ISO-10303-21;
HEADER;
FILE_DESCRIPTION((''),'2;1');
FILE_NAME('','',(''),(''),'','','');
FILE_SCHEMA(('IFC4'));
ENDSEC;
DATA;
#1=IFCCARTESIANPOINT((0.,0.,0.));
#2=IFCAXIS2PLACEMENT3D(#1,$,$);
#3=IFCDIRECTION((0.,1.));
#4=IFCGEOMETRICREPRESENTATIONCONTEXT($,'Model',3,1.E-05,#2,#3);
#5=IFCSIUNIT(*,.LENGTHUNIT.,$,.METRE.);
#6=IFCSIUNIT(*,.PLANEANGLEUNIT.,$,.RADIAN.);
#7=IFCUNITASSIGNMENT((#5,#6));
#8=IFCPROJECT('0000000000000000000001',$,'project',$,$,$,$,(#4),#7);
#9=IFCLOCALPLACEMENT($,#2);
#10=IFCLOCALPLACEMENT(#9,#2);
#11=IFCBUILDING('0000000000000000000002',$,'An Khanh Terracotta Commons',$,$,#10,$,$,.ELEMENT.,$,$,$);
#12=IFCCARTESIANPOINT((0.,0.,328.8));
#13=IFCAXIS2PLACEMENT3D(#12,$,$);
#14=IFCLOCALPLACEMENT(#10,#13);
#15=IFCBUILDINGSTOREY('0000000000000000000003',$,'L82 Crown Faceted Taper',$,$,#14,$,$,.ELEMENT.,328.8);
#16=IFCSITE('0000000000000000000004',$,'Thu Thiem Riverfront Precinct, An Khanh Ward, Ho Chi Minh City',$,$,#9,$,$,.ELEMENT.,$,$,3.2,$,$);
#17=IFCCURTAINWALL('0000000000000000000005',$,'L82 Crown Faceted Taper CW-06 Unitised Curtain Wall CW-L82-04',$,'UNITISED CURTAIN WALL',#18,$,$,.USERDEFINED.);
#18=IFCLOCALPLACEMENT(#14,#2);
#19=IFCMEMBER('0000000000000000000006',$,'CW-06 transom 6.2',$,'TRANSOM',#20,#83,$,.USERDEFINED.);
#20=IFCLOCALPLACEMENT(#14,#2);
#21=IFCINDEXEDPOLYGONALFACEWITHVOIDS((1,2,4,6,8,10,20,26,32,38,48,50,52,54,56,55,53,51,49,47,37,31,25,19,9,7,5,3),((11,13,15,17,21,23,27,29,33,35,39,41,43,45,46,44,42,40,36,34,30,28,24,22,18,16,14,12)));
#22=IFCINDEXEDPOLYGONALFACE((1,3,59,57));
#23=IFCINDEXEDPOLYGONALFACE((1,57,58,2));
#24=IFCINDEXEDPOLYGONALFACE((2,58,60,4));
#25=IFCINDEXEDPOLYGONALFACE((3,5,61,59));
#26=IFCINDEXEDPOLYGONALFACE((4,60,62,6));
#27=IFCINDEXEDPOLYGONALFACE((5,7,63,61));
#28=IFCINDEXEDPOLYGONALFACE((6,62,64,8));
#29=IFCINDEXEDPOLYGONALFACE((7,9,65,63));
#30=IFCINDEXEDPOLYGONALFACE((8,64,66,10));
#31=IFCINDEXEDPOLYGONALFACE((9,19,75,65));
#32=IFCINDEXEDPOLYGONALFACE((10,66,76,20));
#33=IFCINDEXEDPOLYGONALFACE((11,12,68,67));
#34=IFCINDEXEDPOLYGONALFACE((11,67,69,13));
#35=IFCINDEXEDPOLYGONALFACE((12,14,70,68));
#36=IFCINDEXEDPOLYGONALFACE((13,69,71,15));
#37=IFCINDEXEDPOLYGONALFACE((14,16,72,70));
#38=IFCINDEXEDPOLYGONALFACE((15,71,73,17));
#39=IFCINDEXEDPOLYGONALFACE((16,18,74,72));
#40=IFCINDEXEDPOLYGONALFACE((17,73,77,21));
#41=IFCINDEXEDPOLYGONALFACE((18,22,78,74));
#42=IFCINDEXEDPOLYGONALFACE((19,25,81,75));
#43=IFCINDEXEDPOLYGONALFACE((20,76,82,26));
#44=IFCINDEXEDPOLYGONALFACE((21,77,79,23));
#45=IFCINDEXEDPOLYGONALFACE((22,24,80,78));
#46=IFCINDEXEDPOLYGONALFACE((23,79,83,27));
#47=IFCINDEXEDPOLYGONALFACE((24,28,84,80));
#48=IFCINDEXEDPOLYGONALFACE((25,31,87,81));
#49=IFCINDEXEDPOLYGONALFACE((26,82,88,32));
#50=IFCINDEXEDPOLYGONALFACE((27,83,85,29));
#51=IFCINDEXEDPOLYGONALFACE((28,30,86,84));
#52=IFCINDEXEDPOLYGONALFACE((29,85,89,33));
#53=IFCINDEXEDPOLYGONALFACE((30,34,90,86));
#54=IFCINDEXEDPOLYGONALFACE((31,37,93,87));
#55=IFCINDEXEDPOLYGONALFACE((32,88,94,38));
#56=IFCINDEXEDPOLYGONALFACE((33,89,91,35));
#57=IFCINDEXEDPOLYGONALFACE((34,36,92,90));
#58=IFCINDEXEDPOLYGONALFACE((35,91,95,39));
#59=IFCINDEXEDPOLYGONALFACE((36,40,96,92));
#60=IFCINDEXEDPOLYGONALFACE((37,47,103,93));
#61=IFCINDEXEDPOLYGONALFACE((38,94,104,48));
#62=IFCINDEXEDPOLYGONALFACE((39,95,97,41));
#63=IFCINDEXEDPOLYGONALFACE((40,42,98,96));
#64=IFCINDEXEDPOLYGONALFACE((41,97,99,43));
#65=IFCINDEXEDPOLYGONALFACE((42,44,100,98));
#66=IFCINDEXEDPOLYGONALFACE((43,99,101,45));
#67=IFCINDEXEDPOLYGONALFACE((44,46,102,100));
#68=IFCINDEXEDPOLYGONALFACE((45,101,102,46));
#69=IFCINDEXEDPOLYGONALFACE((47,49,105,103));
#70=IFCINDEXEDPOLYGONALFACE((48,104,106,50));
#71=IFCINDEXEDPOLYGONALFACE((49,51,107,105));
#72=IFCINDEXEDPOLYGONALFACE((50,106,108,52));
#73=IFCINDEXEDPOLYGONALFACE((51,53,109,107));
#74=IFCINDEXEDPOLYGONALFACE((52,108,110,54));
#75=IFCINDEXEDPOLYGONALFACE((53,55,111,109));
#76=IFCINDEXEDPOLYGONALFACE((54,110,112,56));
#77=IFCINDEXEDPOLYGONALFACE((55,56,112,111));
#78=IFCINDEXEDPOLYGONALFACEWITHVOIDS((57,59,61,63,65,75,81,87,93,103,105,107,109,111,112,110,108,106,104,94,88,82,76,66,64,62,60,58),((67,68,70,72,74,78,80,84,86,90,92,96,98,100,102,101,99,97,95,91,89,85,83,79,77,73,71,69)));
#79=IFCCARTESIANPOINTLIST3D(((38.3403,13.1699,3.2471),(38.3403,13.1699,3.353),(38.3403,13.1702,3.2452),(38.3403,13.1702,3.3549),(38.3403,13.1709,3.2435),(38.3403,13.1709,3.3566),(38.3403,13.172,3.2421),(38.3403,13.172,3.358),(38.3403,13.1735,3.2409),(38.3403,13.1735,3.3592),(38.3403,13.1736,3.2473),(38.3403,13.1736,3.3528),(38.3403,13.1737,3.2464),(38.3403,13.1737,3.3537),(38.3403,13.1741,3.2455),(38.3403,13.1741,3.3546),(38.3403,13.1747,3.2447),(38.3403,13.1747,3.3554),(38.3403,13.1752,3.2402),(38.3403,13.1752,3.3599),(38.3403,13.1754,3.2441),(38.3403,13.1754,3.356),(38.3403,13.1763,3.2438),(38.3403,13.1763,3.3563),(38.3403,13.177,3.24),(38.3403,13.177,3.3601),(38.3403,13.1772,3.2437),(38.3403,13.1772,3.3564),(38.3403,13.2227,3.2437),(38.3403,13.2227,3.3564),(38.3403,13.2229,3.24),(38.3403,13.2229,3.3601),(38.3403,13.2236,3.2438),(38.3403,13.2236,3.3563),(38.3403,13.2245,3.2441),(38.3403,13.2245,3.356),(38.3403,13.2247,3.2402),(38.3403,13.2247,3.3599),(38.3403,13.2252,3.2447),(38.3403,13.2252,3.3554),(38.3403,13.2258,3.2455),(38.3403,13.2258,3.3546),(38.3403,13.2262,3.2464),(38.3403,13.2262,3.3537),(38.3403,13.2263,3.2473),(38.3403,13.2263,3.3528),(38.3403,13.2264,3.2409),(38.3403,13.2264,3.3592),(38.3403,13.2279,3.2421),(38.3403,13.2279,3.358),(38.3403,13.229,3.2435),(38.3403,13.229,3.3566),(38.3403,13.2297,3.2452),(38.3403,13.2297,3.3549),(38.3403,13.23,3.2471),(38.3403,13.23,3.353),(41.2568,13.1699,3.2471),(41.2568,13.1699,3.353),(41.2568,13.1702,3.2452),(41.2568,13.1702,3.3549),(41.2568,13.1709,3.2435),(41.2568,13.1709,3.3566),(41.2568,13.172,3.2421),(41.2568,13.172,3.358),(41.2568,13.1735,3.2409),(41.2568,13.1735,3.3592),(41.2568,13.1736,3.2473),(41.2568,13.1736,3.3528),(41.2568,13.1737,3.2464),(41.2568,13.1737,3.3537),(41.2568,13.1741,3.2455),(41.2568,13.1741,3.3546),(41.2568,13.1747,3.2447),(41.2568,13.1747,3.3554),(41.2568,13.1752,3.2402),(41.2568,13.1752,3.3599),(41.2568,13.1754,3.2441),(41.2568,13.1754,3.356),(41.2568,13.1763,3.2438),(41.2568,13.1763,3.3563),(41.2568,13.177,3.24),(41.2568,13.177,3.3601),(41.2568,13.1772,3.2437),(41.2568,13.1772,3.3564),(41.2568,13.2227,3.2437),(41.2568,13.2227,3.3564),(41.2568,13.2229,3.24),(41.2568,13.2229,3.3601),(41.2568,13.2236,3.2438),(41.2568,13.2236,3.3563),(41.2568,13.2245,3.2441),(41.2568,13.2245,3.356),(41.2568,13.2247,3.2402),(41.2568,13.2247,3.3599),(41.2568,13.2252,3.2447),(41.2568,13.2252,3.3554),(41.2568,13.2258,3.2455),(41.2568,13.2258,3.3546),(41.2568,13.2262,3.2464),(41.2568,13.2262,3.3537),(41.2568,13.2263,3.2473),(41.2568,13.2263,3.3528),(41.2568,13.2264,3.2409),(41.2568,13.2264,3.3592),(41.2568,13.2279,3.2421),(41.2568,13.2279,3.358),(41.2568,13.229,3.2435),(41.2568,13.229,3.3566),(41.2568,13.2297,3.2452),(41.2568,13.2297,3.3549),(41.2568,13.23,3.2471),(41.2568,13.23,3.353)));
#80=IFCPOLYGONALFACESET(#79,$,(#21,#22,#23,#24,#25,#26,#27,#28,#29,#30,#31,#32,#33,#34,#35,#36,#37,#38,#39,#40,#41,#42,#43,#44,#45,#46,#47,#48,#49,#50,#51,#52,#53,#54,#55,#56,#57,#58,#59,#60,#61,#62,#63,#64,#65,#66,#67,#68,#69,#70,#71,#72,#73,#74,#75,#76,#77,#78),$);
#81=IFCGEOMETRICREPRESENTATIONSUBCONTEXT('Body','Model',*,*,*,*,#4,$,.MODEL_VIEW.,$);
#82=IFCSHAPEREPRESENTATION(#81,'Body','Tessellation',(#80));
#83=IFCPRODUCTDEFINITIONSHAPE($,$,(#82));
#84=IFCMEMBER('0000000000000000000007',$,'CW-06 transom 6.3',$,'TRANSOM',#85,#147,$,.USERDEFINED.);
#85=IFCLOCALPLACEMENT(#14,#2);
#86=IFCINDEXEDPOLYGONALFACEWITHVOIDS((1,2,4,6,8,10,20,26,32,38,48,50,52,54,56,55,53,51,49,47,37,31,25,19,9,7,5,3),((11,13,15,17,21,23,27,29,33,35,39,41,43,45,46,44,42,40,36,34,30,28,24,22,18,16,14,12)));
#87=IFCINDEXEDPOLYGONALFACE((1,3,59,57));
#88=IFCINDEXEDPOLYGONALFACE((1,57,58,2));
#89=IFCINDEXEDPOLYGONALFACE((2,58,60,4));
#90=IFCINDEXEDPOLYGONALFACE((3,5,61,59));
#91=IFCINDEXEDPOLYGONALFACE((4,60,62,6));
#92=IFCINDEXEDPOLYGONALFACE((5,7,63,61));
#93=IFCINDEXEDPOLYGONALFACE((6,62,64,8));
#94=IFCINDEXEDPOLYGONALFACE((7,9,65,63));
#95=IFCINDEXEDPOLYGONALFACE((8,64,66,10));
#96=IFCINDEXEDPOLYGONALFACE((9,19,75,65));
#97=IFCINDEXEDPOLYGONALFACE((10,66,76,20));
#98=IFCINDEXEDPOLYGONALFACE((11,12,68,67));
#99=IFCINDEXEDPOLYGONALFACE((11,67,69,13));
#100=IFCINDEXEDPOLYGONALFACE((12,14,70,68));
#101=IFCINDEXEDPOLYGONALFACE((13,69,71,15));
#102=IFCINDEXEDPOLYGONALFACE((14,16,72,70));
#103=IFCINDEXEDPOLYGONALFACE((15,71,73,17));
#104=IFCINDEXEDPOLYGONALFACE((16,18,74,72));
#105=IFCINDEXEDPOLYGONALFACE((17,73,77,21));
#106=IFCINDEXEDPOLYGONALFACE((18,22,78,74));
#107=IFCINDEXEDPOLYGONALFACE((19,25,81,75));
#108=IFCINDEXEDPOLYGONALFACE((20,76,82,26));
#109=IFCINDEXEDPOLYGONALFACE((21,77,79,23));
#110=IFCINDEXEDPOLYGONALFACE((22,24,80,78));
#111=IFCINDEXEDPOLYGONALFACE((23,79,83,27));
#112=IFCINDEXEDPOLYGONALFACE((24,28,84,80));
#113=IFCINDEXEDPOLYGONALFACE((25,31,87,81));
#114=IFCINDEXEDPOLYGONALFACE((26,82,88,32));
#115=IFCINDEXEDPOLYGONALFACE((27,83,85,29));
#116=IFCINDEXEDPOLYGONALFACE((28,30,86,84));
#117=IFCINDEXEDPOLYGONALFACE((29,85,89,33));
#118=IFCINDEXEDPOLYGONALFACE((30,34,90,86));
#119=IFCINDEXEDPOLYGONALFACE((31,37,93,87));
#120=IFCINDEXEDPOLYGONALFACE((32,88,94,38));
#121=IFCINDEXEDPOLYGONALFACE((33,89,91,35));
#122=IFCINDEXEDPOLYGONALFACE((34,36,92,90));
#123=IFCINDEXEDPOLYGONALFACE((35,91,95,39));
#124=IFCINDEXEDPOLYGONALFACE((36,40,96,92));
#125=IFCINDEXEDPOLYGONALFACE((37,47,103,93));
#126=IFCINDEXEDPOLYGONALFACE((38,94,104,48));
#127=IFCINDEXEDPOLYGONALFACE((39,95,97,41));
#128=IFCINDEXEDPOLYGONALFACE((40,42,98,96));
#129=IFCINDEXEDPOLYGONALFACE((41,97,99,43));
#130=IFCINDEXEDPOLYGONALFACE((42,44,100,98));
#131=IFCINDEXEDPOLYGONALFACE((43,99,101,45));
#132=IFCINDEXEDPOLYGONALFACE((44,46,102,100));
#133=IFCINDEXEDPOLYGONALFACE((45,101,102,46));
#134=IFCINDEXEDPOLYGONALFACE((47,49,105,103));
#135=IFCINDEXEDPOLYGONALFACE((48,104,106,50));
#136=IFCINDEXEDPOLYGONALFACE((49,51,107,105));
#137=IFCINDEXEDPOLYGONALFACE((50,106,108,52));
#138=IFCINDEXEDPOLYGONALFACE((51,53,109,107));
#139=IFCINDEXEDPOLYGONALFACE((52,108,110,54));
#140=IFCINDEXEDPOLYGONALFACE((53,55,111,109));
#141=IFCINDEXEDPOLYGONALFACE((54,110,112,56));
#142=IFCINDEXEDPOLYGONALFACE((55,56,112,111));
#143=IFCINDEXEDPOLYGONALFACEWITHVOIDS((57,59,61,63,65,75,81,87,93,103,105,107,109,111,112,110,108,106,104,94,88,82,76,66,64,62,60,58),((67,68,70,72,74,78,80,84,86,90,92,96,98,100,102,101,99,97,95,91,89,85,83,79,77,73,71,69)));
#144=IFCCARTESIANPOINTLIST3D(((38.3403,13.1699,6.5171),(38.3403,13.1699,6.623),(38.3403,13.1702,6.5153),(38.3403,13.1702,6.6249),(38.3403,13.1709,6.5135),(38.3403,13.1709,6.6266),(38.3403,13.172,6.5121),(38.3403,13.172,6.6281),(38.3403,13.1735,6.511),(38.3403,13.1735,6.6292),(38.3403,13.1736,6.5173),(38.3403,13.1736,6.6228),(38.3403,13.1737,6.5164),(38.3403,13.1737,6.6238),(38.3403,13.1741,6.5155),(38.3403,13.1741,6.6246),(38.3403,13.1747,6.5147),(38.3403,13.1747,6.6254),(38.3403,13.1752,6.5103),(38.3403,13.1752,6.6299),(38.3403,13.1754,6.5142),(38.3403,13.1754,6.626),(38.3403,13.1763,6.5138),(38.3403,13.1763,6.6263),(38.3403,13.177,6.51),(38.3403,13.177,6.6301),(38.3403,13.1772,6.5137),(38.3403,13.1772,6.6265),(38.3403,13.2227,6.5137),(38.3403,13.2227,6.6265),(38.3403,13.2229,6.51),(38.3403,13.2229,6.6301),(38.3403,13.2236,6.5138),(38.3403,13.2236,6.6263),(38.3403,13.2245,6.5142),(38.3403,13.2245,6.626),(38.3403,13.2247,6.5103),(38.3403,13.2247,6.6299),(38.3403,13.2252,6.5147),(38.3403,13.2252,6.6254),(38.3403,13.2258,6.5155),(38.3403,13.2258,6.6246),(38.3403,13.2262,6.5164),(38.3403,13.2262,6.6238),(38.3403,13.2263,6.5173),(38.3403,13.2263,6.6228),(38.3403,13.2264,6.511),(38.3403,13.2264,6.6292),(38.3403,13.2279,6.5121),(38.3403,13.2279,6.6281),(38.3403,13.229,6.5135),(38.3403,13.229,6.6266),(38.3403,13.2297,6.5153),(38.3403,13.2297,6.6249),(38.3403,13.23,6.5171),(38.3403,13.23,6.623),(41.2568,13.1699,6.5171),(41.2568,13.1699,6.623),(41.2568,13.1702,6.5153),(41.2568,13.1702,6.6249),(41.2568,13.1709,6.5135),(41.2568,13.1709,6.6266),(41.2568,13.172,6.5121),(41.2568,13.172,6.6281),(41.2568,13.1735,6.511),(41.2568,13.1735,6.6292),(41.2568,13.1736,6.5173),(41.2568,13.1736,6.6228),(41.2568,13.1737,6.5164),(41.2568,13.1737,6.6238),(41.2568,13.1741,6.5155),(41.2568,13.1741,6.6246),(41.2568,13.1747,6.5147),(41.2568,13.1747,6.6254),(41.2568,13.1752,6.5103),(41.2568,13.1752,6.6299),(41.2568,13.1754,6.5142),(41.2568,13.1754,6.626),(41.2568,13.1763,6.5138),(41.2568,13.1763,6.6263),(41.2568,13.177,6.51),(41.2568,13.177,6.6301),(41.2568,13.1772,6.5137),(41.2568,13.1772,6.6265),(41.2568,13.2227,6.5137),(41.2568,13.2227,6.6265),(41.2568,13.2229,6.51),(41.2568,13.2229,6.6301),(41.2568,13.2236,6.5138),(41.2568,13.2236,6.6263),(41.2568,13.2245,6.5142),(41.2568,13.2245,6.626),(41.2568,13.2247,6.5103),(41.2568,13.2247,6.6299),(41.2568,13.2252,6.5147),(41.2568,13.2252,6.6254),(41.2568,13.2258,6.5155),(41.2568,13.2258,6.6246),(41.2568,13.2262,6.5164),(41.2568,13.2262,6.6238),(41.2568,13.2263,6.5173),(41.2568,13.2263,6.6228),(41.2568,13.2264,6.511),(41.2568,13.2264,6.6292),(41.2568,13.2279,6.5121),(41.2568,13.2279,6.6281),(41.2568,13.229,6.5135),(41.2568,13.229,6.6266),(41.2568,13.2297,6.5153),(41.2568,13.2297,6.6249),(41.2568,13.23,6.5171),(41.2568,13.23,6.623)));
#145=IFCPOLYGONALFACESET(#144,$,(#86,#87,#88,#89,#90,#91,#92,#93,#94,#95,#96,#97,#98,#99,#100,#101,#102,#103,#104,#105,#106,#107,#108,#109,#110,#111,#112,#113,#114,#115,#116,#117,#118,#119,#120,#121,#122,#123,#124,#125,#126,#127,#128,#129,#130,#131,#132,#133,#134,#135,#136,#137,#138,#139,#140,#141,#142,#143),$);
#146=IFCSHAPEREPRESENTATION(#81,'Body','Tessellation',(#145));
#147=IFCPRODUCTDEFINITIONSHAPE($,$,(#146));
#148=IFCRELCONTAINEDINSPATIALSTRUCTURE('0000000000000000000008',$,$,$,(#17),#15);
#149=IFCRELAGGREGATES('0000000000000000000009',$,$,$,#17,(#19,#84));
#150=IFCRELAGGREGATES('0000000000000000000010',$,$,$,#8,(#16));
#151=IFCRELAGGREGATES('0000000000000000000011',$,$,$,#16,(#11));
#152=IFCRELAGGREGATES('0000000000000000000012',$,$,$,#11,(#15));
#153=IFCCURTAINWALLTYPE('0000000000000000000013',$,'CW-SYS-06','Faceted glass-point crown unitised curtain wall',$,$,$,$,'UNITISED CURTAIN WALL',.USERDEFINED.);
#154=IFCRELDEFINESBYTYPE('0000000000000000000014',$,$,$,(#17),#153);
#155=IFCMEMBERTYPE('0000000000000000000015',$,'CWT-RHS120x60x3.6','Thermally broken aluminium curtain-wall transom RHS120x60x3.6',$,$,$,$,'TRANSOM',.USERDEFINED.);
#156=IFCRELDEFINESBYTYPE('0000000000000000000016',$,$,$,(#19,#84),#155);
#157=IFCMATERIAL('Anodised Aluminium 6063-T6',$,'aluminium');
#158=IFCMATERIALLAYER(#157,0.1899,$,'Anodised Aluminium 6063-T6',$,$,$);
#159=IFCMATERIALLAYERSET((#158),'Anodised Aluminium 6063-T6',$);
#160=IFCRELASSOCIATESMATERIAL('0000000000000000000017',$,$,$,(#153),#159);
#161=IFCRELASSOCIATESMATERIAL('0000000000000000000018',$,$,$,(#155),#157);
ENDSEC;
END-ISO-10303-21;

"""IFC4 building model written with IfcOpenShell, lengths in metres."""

from ifc_helpers import new_model, si_unit, direction, frame, origin, origin_2d, place, context, subcontext, project, spatial, hollow_rectangle, extrude, material, layer, layer_set, material_profile, profile_set, type_object, element, aggregate, save


model = new_model("IFC4")

# Units and contexts
model_context = context("Model", 3, precision=1e-05, world=origin(), true_north=direction((0.0, 1.0)))
body_context = subcontext(model_context, "Body", "Model", "MODEL_VIEW")
ifc_project = project(units=[si_unit("LENGTHUNIT", "METRE"), si_unit("PLANEANGLEUNIT", "RADIAN")], contexts=[model_context])

# Site, building, storey
site_placement = place(None, origin())
site = spatial("IfcSite", under=ifc_project, at=site_placement, Name="Thu Thiem Riverfront Precinct, An Khanh Ward, Ho Chi Minh City", CompositionType="ELEMENT", RefElevation=3.2)
building_placement = place(site_placement, origin())
building = spatial("IfcBuilding", under=site, at=building_placement, Name="An Khanh Terracotta Commons", CompositionType="ELEMENT")
storey_placement = place(building_placement, frame((0.0, 0.0, 328.8)))
storey = spatial("IfcBuildingStorey", under=building, at=storey_placement, Name="L82 Crown Faceted Taper", CompositionType="ELEMENT", Elevation=328.8)

# Curtain wall, members
ifc_material_1 = material(Name="Anodised Aluminium 6063-T6", Category="aluminium")
ifc_layer_1 = layer(ifc_material_1, 0.1899, Name="Anodised Aluminium 6063-T6")
ifc_layer_set_1 = layer_set([ifc_layer_1], Name="Anodised Aluminium 6063-T6")
curtain_wall_type = type_object("IfcCurtainWallType", Name="CW-SYS-06", Description="Faceted glass-point crown unitised curtain wall", ElementType="UNITISED CURTAIN WALL", PredefinedType="USERDEFINED", material=ifc_layer_set_1)
curtain_wall_placement = place(storey_placement, origin())
curtain_wall = element("IfcCurtainWall", 1, at=curtain_wall_placement, inside=storey, type_object=curtain_wall_type, Name="L82 Crown Faceted Taper CW-06 Unitised Curtain Wall CW-L82-04", ObjectType="UNITISED CURTAIN WALL", PredefinedType="USERDEFINED")
ifc_material_profile_1 = material_profile(ifc_material_1, hollow_rectangle(XDim=0.0601, YDim=0.1201, WallThickness=0.0037, InnerFilletRadius=0.0037, OuterFilletRadius=0.0071, at=origin_2d()), Name="RHS120x60x3.6")
ifc_profile_set_1 = profile_set([ifc_material_profile_1], Name="Anodised Aluminium 6063-T6")
member_type_1 = type_object("IfcMemberType", Name="CWT-RHS120x60x3.6", Description="Thermally broken aluminium curtain-wall transom RHS120x60x3.6", ElementType="TRANSOM", PredefinedType="USERDEFINED", material=ifc_profile_set_1)
member_1_placement = place(storey_placement, frame((38.3403, 13.2, 3.3), z_axis=(1.0, 0.0, 0.0), x_axis=(0.0, 1.0, 0.0)))
member_1 = element("IfcMember", 2, at=member_1_placement, type_object=member_type_1, Name="CW-06 transom 6.2", ObjectType="TRANSOM", PredefinedType="USERDEFINED", context=body_context, shape_type="SweptSolid", body=[
    extrude(hollow_rectangle(XDim=0.0601, YDim=0.1201, WallThickness=0.0037, InnerFilletRadius=0.0037, OuterFilletRadius=0.0071, at=origin_2d()), origin(), (0.0, 0.0, 1.0), 2.9165),
])
member_2_placement = place(storey_placement, frame((38.3403, 13.2, 6.5701), z_axis=(1.0, 0.0, 0.0), x_axis=(0.0, 1.0, 0.0)))
member_2 = element("IfcMember", 3, at=member_2_placement, type_object=member_type_1, Name="CW-06 transom 6.3", ObjectType="TRANSOM", PredefinedType="USERDEFINED", context=body_context, shape_type="SweptSolid", body=[
    extrude(hollow_rectangle(XDim=0.0601, YDim=0.1201, WallThickness=0.0037, InnerFilletRadius=0.0037, OuterFilletRadius=0.0071, at=origin_2d()), origin(), (0.0, 0.0, 1.0), 2.9165),
])

aggregate(curtain_wall, [member_1, member_2])

save(model, "model.ifc")
